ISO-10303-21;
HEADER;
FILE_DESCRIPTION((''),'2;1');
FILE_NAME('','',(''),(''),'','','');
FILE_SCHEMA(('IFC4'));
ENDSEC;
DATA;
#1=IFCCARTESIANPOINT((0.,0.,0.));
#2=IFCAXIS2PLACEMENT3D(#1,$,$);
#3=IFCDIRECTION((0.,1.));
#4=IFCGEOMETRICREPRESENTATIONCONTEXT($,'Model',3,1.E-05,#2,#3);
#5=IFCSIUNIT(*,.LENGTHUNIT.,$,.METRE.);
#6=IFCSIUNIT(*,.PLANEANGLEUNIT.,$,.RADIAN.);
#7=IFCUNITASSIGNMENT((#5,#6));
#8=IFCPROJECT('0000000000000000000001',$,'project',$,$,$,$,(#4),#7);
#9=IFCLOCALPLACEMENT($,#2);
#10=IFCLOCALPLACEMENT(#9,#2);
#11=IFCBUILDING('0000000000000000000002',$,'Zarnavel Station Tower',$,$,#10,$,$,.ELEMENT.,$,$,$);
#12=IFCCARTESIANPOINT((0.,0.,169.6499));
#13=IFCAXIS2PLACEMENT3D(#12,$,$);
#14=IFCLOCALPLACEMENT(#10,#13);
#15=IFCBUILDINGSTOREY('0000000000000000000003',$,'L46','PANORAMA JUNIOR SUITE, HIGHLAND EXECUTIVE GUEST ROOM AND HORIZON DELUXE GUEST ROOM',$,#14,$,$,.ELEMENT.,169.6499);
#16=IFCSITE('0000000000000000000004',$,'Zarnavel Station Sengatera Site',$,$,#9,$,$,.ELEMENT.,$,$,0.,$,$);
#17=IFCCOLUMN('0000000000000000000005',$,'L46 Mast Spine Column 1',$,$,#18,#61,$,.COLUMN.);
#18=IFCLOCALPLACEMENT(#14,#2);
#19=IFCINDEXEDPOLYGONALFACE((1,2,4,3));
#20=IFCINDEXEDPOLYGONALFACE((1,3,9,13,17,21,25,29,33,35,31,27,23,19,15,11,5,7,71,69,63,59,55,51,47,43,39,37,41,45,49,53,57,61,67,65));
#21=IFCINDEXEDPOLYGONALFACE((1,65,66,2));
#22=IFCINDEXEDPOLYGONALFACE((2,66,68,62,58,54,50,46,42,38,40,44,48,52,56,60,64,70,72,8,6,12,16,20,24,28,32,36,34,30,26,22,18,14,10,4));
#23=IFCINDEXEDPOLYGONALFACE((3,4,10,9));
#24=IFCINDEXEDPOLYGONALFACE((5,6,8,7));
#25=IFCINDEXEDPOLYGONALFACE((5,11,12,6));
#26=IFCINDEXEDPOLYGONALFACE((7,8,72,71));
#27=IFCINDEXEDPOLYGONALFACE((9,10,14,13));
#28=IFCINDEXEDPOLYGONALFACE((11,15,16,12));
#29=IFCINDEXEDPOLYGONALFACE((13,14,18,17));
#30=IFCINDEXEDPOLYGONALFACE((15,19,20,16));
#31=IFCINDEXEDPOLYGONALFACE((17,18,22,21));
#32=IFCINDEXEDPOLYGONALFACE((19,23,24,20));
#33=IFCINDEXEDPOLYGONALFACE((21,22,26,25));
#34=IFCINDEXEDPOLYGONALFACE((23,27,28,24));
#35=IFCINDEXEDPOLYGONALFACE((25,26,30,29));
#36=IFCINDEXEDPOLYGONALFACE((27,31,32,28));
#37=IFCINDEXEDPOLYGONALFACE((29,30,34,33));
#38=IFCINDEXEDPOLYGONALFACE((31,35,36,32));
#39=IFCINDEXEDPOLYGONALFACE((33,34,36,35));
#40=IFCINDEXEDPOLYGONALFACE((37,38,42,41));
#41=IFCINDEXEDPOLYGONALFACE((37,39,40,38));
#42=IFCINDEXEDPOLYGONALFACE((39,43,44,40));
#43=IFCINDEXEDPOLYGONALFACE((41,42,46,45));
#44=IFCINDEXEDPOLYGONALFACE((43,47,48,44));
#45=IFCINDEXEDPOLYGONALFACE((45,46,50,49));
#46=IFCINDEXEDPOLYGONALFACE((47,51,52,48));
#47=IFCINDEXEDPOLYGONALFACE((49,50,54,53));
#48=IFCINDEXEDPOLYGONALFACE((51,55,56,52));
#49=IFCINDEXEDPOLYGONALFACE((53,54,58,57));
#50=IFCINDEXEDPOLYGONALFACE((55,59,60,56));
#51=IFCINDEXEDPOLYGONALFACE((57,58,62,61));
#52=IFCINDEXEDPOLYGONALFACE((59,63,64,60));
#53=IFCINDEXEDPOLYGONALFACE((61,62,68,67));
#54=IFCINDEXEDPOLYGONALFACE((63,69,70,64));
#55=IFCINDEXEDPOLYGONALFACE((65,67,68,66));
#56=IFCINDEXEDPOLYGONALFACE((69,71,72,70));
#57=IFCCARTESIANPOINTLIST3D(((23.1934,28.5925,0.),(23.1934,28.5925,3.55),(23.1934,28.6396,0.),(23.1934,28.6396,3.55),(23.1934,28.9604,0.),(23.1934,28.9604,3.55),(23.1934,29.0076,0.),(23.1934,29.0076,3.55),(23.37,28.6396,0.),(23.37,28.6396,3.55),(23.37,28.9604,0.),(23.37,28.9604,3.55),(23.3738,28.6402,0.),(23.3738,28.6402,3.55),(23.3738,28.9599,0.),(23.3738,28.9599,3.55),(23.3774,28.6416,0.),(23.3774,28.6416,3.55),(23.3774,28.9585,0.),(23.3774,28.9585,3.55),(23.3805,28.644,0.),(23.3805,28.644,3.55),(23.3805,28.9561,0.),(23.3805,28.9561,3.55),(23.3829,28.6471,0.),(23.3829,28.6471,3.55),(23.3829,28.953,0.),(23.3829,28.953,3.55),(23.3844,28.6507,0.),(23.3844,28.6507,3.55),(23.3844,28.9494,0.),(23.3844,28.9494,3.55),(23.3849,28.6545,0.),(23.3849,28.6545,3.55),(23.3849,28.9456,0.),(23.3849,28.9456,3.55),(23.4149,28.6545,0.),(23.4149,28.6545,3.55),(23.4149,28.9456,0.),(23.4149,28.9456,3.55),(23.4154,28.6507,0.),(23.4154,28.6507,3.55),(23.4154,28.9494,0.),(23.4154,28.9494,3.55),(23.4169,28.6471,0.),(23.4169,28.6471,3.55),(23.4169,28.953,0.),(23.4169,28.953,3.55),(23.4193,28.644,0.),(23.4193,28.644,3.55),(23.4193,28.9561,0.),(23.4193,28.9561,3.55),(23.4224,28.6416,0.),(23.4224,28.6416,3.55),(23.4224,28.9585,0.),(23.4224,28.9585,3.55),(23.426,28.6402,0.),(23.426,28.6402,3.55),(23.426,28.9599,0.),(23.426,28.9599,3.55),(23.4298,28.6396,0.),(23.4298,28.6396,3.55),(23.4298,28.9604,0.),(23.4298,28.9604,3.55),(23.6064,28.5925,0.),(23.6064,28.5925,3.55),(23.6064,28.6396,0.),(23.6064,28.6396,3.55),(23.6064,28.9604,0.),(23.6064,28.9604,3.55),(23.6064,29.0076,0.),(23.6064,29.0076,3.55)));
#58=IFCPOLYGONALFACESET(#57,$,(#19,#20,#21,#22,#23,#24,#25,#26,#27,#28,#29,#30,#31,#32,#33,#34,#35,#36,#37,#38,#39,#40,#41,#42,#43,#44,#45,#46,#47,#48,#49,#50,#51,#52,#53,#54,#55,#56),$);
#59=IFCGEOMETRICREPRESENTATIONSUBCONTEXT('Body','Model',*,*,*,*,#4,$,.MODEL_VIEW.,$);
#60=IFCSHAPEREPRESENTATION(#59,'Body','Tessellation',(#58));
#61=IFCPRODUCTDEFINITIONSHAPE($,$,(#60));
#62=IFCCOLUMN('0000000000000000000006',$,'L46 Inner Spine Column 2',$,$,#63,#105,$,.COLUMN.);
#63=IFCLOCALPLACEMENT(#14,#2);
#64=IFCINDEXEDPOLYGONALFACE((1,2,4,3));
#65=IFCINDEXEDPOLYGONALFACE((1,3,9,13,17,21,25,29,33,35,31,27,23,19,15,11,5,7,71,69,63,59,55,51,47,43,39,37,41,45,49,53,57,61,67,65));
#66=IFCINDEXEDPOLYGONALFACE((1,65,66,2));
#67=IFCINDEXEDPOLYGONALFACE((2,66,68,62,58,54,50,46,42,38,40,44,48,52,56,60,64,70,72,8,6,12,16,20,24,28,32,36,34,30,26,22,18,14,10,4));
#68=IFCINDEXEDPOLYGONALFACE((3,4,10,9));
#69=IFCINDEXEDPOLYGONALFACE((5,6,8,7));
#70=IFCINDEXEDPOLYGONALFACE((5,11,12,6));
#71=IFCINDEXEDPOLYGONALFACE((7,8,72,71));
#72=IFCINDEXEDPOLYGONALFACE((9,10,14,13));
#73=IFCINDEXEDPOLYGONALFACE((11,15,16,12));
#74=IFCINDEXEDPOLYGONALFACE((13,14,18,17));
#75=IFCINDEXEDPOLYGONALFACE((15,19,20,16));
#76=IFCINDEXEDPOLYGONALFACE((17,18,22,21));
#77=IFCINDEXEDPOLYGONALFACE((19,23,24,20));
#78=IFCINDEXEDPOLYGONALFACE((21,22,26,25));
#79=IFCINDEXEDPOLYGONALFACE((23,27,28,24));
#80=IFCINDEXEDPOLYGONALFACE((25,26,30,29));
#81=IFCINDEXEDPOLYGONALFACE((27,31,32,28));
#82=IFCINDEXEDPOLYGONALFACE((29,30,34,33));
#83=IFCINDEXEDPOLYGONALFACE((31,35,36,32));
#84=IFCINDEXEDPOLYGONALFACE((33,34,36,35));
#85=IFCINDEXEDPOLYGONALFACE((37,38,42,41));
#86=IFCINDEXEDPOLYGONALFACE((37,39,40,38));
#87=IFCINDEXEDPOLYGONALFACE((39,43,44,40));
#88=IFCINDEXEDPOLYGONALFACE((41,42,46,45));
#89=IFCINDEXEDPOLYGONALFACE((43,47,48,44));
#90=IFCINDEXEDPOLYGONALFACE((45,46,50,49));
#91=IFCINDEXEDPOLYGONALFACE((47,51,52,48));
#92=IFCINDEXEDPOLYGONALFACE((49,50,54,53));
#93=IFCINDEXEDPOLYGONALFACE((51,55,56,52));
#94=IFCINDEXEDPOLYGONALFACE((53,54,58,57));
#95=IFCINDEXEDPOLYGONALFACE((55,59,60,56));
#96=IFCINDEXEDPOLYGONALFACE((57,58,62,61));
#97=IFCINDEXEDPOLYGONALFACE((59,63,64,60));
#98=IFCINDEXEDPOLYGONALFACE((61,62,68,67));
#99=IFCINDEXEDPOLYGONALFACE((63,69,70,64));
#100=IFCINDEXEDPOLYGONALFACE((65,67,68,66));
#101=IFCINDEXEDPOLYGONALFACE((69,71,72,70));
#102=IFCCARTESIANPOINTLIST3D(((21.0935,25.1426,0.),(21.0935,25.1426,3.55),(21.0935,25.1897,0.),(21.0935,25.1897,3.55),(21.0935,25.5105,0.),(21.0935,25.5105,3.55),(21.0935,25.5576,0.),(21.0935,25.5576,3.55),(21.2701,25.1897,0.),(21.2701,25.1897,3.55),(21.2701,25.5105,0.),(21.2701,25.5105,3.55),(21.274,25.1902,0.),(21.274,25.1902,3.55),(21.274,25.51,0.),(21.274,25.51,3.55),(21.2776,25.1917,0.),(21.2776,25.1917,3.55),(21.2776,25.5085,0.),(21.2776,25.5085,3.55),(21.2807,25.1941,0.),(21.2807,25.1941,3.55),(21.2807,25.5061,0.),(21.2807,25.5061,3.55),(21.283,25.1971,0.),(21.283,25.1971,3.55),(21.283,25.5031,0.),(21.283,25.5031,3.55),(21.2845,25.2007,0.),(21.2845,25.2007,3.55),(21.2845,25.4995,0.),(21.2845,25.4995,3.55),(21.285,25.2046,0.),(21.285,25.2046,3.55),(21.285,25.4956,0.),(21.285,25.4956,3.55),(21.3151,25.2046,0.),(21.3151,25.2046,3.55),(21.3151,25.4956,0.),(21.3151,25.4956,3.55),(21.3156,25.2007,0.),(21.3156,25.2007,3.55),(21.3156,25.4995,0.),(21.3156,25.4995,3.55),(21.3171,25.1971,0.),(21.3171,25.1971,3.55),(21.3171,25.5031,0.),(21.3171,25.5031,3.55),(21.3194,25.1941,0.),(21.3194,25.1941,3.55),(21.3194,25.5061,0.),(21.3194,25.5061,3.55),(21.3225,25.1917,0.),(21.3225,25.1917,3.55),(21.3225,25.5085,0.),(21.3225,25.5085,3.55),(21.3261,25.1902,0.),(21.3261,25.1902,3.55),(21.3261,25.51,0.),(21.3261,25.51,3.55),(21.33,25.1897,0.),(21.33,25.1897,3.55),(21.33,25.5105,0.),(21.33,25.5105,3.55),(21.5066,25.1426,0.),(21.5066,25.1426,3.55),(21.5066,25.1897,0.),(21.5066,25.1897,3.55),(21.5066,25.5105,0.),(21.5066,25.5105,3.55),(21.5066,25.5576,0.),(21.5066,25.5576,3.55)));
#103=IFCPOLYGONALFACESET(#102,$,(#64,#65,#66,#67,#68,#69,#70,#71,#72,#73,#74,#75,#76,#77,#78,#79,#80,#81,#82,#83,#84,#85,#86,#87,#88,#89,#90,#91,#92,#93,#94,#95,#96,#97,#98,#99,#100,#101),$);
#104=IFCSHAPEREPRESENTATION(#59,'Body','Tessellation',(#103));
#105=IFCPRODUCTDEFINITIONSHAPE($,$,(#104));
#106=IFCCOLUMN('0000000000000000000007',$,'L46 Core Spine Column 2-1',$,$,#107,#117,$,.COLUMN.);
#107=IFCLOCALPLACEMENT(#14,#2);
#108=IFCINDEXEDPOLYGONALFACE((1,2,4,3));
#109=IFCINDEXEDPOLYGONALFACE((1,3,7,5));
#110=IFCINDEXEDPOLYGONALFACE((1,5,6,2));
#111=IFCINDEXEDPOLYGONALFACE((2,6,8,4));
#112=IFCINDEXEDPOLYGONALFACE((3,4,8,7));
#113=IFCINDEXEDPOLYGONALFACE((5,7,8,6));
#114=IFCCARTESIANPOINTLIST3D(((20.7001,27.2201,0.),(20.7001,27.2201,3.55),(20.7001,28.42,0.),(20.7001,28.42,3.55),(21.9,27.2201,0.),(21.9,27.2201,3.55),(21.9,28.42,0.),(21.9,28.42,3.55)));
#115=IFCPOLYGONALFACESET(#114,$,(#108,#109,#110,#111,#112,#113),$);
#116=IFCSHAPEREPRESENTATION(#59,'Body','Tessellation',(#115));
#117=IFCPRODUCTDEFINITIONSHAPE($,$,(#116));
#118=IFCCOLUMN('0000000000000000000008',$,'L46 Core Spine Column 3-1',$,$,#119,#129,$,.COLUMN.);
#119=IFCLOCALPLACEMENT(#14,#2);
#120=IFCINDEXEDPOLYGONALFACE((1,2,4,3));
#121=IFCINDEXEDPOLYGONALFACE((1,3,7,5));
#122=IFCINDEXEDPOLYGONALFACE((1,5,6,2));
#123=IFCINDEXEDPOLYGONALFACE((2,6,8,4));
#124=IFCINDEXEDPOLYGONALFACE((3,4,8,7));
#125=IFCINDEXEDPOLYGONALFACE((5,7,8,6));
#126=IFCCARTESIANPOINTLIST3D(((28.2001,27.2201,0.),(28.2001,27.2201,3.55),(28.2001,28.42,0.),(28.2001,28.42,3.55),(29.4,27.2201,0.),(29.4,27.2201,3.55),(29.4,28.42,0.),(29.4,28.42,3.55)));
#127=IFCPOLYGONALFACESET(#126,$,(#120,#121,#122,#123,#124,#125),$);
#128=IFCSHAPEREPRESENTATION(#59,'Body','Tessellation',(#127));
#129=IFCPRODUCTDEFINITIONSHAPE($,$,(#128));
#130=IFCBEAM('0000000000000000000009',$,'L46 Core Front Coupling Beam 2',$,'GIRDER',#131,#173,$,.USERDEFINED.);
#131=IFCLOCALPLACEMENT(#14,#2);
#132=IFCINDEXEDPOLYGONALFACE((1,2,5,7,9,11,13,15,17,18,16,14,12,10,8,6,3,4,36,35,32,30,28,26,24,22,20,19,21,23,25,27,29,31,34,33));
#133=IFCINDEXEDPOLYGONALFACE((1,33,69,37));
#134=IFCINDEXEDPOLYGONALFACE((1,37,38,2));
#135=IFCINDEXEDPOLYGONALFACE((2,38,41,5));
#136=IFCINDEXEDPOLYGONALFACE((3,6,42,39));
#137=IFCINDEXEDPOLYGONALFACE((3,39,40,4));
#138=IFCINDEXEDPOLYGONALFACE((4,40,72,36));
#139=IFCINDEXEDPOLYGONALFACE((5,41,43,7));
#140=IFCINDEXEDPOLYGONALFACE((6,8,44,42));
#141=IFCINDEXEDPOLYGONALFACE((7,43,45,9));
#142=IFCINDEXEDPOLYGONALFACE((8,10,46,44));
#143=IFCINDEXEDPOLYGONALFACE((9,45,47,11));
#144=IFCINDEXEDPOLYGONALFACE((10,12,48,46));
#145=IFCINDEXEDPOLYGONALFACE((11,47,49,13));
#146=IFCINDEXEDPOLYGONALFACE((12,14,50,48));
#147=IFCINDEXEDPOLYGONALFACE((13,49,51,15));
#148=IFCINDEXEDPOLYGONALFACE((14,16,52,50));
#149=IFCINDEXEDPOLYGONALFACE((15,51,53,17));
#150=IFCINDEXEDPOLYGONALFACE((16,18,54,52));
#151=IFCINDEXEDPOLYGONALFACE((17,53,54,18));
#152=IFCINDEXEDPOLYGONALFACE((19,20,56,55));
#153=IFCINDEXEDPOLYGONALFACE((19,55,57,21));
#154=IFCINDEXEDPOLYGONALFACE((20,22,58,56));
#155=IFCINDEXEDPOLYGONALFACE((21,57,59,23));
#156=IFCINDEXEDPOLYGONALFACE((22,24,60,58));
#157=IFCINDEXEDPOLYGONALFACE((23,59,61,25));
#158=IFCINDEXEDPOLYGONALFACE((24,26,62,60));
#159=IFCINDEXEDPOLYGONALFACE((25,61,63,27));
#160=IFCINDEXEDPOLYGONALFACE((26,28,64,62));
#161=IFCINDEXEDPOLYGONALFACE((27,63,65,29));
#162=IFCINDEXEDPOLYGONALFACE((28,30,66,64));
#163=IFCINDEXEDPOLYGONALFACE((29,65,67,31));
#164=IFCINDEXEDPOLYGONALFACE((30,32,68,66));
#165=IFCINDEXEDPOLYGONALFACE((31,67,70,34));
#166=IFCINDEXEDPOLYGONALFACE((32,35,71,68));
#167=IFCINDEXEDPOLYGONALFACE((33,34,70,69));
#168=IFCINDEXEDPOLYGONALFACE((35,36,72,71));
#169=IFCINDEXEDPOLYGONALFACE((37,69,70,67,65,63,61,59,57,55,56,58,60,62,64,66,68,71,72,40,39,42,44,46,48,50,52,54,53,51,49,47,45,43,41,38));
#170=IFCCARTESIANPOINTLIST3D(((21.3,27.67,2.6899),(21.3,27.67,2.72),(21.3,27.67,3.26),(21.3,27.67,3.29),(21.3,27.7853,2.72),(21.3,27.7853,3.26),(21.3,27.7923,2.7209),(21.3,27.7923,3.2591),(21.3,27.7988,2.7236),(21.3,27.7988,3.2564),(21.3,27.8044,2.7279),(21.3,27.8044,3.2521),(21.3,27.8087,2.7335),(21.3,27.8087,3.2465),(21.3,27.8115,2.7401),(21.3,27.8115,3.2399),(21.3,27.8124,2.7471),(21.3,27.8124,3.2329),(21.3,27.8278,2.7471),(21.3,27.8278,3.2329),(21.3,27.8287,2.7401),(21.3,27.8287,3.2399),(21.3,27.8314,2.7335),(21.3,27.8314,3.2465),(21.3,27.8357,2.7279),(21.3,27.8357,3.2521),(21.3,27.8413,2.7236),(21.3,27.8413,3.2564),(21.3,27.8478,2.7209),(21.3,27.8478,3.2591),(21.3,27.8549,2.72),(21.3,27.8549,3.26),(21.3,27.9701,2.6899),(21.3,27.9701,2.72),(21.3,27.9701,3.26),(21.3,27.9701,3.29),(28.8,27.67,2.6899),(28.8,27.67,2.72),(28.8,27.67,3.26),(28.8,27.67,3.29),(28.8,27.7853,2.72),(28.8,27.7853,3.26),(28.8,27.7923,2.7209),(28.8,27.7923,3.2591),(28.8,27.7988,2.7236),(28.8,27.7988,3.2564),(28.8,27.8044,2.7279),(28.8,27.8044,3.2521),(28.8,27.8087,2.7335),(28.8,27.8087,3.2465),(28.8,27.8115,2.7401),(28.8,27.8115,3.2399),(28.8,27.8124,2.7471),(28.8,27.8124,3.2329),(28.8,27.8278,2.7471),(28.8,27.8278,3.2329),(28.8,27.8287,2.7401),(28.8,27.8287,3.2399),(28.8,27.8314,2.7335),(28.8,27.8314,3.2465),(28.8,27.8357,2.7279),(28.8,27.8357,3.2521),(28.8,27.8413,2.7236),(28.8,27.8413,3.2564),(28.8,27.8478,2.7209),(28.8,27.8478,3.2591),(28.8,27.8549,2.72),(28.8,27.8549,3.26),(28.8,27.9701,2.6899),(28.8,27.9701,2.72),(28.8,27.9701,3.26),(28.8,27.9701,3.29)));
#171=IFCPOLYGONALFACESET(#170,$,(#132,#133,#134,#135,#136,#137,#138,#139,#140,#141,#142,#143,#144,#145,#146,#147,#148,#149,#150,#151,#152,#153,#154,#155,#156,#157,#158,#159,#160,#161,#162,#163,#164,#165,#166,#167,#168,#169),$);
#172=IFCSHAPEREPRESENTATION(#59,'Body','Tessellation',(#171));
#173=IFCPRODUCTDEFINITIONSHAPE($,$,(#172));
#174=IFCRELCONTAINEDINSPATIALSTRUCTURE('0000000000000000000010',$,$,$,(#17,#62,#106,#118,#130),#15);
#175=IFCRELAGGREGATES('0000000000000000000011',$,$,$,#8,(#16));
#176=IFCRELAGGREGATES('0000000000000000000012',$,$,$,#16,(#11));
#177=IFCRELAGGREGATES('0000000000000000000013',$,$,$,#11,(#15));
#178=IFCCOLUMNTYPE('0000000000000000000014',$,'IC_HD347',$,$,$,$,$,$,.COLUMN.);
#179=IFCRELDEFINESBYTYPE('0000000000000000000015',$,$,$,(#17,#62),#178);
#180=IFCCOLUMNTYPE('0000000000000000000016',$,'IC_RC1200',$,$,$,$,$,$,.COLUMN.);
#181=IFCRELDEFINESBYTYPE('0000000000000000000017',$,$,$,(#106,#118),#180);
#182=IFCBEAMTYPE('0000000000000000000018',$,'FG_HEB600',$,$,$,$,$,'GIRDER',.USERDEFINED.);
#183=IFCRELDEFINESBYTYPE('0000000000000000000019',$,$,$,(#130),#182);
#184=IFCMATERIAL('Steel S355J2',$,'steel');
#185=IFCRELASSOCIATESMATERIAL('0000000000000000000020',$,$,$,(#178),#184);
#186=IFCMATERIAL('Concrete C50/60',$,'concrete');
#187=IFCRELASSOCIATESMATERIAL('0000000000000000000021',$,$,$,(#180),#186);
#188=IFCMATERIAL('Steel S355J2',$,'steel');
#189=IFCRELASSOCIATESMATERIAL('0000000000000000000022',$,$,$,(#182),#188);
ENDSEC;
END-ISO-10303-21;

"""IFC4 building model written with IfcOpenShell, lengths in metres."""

from ifc_helpers import new_model, si_unit, direction, frame, origin, origin_2d, place, context, subcontext, project, spatial, rectangle, i_section, extrude, material, material_profile, profile_set, type_object, element, save


model = new_model("IFC4")

# Units and contexts
model_context = context("Model", 3, precision=1e-05, world=origin(), true_north=direction((0.0, 1.0)))
body_context = subcontext(model_context, "Body", "Model", "MODEL_VIEW")
ifc_project = project(units=[si_unit("LENGTHUNIT", "METRE"), si_unit("PLANEANGLEUNIT", "RADIAN")], contexts=[model_context])

# Site, building, storey
site_placement = place(None, origin())
site = spatial("IfcSite", under=ifc_project, at=site_placement, Name="Zarnavel Station Sengatera Site", CompositionType="ELEMENT", RefElevation=0.0)
building_placement = place(site_placement, origin())
building = spatial("IfcBuilding", under=site, at=building_placement, Name="Zarnavel Station Tower", CompositionType="ELEMENT")
storey_placement = place(building_placement, frame((0.0, 0.0, 169.6499)))
storey = spatial("IfcBuildingStorey", under=building, at=storey_placement, Name="L46", Description="PANORAMA JUNIOR SUITE, HIGHLAND EXECUTIVE GUEST ROOM AND HORIZON DELUXE GUEST ROOM", CompositionType="ELEMENT", Elevation=169.6499)

# Columns
ifc_material_1 = material(Name="Steel S355J2", Category="steel")
ifc_material_profile_1 = material_profile(ifc_material_1, i_section(OverallWidth=0.4131, OverallDepth=0.415, WebThickness=0.03, FlangeThickness=0.0471, FilletRadius=0.0149, at=origin_2d()), Name="HD400x347")
ifc_profile_set_1 = profile_set([ifc_material_profile_1], Name="Steel S355J2")
column_type_1 = type_object("IfcColumnType", Name="IC_HD347", PredefinedType="COLUMN", material=ifc_profile_set_1)
for number, where, z_axis, x_axis, name in (
    (1, (23.3999, 28.8, 0.0), (0.0, 0.0, 1.0), (1.0, 0.0, 0.0), "L46 Mast Spine Column 1"),
    (2, (21.3, 25.3501, 0.0), (0.0, 0.0, 1.0), (1.0, 0.0, 0.0), "L46 Inner Spine Column 2"),
):
    element("IfcColumn", number, at=place(storey_placement, frame(where, z_axis=z_axis, x_axis=x_axis)), inside=storey, type_object=column_type_1, Name=name, PredefinedType="COLUMN", context=body_context, shape_type="SweptSolid", body=[
        extrude(i_section(OverallWidth=0.4131, OverallDepth=0.415, WebThickness=0.03, FlangeThickness=0.0471, FilletRadius=0.0149, at=origin_2d()), origin(), (0.0, 0.0, 1.0), 3.55),
    ])
ifc_material_2 = material(Name="Concrete C50/60", Category="concrete")
ifc_material_profile_2 = material_profile(ifc_material_2, rectangle(XDim=1.2, YDim=1.2, at=origin_2d()), Name="RC1200x1200")
ifc_profile_set_2 = profile_set([ifc_material_profile_2], Name="Concrete C50/60")
column_type_2 = type_object("IfcColumnType", Name="IC_RC1200", PredefinedType="COLUMN", material=ifc_profile_set_2)
for number, where, z_axis, x_axis, name in (
    (3, (21.3, 27.8201, 0.0), (0.0, 0.0, 1.0), (1.0, 0.0, 0.0), "L46 Core Spine Column 2-1"),
    (4, (28.8, 27.8201, 0.0), (0.0, 0.0, 1.0), (1.0, 0.0, 0.0), "L46 Core Spine Column 3-1"),
):
    element("IfcColumn", number, at=place(storey_placement, frame(where, z_axis=z_axis, x_axis=x_axis)), inside=storey, type_object=column_type_2, Name=name, PredefinedType="COLUMN", context=body_context, shape_type="SweptSolid", body=[
        extrude(rectangle(XDim=1.2, YDim=1.2, at=origin_2d()), origin(), (0.0, 0.0, 1.0), 3.55),
    ])

# Beam
ifc_material_3 = material(Name="Steel S355J2", Category="steel")
ifc_material_profile_3 = material_profile(ifc_material_3, i_section(OverallWidth=0.3, OverallDepth=0.6001, WebThickness=0.0154, FlangeThickness=0.03, FilletRadius=0.0271, at=origin_2d()), Name="HEB600")
ifc_profile_set_3 = profile_set([ifc_material_profile_3], Name="Steel S355J2")
beam_type_1 = type_object("IfcBeamType", Name="FG_HEB600", ElementType="GIRDER", PredefinedType="USERDEFINED", material=ifc_profile_set_3)
beam_1_placement = place(storey_placement, frame((21.3, 27.8201, 2.99), z_axis=(1.0, 0.0, 0.0), x_axis=(0.0, 1.0, 0.0)))
element("IfcBeam", 5, at=beam_1_placement, inside=storey, type_object=beam_type_1, Name="L46 Core Front Coupling Beam 2", ObjectType="GIRDER", PredefinedType="USERDEFINED", context=body_context, shape_type="SweptSolid", body=[
    extrude(i_section(OverallWidth=0.3, OverallDepth=0.6001, WebThickness=0.0154, FlangeThickness=0.03, FilletRadius=0.0271, at=origin_2d()), origin(), (0.0, 0.0, 1.0), 7.5),
])

save(model, "model.ifc")
